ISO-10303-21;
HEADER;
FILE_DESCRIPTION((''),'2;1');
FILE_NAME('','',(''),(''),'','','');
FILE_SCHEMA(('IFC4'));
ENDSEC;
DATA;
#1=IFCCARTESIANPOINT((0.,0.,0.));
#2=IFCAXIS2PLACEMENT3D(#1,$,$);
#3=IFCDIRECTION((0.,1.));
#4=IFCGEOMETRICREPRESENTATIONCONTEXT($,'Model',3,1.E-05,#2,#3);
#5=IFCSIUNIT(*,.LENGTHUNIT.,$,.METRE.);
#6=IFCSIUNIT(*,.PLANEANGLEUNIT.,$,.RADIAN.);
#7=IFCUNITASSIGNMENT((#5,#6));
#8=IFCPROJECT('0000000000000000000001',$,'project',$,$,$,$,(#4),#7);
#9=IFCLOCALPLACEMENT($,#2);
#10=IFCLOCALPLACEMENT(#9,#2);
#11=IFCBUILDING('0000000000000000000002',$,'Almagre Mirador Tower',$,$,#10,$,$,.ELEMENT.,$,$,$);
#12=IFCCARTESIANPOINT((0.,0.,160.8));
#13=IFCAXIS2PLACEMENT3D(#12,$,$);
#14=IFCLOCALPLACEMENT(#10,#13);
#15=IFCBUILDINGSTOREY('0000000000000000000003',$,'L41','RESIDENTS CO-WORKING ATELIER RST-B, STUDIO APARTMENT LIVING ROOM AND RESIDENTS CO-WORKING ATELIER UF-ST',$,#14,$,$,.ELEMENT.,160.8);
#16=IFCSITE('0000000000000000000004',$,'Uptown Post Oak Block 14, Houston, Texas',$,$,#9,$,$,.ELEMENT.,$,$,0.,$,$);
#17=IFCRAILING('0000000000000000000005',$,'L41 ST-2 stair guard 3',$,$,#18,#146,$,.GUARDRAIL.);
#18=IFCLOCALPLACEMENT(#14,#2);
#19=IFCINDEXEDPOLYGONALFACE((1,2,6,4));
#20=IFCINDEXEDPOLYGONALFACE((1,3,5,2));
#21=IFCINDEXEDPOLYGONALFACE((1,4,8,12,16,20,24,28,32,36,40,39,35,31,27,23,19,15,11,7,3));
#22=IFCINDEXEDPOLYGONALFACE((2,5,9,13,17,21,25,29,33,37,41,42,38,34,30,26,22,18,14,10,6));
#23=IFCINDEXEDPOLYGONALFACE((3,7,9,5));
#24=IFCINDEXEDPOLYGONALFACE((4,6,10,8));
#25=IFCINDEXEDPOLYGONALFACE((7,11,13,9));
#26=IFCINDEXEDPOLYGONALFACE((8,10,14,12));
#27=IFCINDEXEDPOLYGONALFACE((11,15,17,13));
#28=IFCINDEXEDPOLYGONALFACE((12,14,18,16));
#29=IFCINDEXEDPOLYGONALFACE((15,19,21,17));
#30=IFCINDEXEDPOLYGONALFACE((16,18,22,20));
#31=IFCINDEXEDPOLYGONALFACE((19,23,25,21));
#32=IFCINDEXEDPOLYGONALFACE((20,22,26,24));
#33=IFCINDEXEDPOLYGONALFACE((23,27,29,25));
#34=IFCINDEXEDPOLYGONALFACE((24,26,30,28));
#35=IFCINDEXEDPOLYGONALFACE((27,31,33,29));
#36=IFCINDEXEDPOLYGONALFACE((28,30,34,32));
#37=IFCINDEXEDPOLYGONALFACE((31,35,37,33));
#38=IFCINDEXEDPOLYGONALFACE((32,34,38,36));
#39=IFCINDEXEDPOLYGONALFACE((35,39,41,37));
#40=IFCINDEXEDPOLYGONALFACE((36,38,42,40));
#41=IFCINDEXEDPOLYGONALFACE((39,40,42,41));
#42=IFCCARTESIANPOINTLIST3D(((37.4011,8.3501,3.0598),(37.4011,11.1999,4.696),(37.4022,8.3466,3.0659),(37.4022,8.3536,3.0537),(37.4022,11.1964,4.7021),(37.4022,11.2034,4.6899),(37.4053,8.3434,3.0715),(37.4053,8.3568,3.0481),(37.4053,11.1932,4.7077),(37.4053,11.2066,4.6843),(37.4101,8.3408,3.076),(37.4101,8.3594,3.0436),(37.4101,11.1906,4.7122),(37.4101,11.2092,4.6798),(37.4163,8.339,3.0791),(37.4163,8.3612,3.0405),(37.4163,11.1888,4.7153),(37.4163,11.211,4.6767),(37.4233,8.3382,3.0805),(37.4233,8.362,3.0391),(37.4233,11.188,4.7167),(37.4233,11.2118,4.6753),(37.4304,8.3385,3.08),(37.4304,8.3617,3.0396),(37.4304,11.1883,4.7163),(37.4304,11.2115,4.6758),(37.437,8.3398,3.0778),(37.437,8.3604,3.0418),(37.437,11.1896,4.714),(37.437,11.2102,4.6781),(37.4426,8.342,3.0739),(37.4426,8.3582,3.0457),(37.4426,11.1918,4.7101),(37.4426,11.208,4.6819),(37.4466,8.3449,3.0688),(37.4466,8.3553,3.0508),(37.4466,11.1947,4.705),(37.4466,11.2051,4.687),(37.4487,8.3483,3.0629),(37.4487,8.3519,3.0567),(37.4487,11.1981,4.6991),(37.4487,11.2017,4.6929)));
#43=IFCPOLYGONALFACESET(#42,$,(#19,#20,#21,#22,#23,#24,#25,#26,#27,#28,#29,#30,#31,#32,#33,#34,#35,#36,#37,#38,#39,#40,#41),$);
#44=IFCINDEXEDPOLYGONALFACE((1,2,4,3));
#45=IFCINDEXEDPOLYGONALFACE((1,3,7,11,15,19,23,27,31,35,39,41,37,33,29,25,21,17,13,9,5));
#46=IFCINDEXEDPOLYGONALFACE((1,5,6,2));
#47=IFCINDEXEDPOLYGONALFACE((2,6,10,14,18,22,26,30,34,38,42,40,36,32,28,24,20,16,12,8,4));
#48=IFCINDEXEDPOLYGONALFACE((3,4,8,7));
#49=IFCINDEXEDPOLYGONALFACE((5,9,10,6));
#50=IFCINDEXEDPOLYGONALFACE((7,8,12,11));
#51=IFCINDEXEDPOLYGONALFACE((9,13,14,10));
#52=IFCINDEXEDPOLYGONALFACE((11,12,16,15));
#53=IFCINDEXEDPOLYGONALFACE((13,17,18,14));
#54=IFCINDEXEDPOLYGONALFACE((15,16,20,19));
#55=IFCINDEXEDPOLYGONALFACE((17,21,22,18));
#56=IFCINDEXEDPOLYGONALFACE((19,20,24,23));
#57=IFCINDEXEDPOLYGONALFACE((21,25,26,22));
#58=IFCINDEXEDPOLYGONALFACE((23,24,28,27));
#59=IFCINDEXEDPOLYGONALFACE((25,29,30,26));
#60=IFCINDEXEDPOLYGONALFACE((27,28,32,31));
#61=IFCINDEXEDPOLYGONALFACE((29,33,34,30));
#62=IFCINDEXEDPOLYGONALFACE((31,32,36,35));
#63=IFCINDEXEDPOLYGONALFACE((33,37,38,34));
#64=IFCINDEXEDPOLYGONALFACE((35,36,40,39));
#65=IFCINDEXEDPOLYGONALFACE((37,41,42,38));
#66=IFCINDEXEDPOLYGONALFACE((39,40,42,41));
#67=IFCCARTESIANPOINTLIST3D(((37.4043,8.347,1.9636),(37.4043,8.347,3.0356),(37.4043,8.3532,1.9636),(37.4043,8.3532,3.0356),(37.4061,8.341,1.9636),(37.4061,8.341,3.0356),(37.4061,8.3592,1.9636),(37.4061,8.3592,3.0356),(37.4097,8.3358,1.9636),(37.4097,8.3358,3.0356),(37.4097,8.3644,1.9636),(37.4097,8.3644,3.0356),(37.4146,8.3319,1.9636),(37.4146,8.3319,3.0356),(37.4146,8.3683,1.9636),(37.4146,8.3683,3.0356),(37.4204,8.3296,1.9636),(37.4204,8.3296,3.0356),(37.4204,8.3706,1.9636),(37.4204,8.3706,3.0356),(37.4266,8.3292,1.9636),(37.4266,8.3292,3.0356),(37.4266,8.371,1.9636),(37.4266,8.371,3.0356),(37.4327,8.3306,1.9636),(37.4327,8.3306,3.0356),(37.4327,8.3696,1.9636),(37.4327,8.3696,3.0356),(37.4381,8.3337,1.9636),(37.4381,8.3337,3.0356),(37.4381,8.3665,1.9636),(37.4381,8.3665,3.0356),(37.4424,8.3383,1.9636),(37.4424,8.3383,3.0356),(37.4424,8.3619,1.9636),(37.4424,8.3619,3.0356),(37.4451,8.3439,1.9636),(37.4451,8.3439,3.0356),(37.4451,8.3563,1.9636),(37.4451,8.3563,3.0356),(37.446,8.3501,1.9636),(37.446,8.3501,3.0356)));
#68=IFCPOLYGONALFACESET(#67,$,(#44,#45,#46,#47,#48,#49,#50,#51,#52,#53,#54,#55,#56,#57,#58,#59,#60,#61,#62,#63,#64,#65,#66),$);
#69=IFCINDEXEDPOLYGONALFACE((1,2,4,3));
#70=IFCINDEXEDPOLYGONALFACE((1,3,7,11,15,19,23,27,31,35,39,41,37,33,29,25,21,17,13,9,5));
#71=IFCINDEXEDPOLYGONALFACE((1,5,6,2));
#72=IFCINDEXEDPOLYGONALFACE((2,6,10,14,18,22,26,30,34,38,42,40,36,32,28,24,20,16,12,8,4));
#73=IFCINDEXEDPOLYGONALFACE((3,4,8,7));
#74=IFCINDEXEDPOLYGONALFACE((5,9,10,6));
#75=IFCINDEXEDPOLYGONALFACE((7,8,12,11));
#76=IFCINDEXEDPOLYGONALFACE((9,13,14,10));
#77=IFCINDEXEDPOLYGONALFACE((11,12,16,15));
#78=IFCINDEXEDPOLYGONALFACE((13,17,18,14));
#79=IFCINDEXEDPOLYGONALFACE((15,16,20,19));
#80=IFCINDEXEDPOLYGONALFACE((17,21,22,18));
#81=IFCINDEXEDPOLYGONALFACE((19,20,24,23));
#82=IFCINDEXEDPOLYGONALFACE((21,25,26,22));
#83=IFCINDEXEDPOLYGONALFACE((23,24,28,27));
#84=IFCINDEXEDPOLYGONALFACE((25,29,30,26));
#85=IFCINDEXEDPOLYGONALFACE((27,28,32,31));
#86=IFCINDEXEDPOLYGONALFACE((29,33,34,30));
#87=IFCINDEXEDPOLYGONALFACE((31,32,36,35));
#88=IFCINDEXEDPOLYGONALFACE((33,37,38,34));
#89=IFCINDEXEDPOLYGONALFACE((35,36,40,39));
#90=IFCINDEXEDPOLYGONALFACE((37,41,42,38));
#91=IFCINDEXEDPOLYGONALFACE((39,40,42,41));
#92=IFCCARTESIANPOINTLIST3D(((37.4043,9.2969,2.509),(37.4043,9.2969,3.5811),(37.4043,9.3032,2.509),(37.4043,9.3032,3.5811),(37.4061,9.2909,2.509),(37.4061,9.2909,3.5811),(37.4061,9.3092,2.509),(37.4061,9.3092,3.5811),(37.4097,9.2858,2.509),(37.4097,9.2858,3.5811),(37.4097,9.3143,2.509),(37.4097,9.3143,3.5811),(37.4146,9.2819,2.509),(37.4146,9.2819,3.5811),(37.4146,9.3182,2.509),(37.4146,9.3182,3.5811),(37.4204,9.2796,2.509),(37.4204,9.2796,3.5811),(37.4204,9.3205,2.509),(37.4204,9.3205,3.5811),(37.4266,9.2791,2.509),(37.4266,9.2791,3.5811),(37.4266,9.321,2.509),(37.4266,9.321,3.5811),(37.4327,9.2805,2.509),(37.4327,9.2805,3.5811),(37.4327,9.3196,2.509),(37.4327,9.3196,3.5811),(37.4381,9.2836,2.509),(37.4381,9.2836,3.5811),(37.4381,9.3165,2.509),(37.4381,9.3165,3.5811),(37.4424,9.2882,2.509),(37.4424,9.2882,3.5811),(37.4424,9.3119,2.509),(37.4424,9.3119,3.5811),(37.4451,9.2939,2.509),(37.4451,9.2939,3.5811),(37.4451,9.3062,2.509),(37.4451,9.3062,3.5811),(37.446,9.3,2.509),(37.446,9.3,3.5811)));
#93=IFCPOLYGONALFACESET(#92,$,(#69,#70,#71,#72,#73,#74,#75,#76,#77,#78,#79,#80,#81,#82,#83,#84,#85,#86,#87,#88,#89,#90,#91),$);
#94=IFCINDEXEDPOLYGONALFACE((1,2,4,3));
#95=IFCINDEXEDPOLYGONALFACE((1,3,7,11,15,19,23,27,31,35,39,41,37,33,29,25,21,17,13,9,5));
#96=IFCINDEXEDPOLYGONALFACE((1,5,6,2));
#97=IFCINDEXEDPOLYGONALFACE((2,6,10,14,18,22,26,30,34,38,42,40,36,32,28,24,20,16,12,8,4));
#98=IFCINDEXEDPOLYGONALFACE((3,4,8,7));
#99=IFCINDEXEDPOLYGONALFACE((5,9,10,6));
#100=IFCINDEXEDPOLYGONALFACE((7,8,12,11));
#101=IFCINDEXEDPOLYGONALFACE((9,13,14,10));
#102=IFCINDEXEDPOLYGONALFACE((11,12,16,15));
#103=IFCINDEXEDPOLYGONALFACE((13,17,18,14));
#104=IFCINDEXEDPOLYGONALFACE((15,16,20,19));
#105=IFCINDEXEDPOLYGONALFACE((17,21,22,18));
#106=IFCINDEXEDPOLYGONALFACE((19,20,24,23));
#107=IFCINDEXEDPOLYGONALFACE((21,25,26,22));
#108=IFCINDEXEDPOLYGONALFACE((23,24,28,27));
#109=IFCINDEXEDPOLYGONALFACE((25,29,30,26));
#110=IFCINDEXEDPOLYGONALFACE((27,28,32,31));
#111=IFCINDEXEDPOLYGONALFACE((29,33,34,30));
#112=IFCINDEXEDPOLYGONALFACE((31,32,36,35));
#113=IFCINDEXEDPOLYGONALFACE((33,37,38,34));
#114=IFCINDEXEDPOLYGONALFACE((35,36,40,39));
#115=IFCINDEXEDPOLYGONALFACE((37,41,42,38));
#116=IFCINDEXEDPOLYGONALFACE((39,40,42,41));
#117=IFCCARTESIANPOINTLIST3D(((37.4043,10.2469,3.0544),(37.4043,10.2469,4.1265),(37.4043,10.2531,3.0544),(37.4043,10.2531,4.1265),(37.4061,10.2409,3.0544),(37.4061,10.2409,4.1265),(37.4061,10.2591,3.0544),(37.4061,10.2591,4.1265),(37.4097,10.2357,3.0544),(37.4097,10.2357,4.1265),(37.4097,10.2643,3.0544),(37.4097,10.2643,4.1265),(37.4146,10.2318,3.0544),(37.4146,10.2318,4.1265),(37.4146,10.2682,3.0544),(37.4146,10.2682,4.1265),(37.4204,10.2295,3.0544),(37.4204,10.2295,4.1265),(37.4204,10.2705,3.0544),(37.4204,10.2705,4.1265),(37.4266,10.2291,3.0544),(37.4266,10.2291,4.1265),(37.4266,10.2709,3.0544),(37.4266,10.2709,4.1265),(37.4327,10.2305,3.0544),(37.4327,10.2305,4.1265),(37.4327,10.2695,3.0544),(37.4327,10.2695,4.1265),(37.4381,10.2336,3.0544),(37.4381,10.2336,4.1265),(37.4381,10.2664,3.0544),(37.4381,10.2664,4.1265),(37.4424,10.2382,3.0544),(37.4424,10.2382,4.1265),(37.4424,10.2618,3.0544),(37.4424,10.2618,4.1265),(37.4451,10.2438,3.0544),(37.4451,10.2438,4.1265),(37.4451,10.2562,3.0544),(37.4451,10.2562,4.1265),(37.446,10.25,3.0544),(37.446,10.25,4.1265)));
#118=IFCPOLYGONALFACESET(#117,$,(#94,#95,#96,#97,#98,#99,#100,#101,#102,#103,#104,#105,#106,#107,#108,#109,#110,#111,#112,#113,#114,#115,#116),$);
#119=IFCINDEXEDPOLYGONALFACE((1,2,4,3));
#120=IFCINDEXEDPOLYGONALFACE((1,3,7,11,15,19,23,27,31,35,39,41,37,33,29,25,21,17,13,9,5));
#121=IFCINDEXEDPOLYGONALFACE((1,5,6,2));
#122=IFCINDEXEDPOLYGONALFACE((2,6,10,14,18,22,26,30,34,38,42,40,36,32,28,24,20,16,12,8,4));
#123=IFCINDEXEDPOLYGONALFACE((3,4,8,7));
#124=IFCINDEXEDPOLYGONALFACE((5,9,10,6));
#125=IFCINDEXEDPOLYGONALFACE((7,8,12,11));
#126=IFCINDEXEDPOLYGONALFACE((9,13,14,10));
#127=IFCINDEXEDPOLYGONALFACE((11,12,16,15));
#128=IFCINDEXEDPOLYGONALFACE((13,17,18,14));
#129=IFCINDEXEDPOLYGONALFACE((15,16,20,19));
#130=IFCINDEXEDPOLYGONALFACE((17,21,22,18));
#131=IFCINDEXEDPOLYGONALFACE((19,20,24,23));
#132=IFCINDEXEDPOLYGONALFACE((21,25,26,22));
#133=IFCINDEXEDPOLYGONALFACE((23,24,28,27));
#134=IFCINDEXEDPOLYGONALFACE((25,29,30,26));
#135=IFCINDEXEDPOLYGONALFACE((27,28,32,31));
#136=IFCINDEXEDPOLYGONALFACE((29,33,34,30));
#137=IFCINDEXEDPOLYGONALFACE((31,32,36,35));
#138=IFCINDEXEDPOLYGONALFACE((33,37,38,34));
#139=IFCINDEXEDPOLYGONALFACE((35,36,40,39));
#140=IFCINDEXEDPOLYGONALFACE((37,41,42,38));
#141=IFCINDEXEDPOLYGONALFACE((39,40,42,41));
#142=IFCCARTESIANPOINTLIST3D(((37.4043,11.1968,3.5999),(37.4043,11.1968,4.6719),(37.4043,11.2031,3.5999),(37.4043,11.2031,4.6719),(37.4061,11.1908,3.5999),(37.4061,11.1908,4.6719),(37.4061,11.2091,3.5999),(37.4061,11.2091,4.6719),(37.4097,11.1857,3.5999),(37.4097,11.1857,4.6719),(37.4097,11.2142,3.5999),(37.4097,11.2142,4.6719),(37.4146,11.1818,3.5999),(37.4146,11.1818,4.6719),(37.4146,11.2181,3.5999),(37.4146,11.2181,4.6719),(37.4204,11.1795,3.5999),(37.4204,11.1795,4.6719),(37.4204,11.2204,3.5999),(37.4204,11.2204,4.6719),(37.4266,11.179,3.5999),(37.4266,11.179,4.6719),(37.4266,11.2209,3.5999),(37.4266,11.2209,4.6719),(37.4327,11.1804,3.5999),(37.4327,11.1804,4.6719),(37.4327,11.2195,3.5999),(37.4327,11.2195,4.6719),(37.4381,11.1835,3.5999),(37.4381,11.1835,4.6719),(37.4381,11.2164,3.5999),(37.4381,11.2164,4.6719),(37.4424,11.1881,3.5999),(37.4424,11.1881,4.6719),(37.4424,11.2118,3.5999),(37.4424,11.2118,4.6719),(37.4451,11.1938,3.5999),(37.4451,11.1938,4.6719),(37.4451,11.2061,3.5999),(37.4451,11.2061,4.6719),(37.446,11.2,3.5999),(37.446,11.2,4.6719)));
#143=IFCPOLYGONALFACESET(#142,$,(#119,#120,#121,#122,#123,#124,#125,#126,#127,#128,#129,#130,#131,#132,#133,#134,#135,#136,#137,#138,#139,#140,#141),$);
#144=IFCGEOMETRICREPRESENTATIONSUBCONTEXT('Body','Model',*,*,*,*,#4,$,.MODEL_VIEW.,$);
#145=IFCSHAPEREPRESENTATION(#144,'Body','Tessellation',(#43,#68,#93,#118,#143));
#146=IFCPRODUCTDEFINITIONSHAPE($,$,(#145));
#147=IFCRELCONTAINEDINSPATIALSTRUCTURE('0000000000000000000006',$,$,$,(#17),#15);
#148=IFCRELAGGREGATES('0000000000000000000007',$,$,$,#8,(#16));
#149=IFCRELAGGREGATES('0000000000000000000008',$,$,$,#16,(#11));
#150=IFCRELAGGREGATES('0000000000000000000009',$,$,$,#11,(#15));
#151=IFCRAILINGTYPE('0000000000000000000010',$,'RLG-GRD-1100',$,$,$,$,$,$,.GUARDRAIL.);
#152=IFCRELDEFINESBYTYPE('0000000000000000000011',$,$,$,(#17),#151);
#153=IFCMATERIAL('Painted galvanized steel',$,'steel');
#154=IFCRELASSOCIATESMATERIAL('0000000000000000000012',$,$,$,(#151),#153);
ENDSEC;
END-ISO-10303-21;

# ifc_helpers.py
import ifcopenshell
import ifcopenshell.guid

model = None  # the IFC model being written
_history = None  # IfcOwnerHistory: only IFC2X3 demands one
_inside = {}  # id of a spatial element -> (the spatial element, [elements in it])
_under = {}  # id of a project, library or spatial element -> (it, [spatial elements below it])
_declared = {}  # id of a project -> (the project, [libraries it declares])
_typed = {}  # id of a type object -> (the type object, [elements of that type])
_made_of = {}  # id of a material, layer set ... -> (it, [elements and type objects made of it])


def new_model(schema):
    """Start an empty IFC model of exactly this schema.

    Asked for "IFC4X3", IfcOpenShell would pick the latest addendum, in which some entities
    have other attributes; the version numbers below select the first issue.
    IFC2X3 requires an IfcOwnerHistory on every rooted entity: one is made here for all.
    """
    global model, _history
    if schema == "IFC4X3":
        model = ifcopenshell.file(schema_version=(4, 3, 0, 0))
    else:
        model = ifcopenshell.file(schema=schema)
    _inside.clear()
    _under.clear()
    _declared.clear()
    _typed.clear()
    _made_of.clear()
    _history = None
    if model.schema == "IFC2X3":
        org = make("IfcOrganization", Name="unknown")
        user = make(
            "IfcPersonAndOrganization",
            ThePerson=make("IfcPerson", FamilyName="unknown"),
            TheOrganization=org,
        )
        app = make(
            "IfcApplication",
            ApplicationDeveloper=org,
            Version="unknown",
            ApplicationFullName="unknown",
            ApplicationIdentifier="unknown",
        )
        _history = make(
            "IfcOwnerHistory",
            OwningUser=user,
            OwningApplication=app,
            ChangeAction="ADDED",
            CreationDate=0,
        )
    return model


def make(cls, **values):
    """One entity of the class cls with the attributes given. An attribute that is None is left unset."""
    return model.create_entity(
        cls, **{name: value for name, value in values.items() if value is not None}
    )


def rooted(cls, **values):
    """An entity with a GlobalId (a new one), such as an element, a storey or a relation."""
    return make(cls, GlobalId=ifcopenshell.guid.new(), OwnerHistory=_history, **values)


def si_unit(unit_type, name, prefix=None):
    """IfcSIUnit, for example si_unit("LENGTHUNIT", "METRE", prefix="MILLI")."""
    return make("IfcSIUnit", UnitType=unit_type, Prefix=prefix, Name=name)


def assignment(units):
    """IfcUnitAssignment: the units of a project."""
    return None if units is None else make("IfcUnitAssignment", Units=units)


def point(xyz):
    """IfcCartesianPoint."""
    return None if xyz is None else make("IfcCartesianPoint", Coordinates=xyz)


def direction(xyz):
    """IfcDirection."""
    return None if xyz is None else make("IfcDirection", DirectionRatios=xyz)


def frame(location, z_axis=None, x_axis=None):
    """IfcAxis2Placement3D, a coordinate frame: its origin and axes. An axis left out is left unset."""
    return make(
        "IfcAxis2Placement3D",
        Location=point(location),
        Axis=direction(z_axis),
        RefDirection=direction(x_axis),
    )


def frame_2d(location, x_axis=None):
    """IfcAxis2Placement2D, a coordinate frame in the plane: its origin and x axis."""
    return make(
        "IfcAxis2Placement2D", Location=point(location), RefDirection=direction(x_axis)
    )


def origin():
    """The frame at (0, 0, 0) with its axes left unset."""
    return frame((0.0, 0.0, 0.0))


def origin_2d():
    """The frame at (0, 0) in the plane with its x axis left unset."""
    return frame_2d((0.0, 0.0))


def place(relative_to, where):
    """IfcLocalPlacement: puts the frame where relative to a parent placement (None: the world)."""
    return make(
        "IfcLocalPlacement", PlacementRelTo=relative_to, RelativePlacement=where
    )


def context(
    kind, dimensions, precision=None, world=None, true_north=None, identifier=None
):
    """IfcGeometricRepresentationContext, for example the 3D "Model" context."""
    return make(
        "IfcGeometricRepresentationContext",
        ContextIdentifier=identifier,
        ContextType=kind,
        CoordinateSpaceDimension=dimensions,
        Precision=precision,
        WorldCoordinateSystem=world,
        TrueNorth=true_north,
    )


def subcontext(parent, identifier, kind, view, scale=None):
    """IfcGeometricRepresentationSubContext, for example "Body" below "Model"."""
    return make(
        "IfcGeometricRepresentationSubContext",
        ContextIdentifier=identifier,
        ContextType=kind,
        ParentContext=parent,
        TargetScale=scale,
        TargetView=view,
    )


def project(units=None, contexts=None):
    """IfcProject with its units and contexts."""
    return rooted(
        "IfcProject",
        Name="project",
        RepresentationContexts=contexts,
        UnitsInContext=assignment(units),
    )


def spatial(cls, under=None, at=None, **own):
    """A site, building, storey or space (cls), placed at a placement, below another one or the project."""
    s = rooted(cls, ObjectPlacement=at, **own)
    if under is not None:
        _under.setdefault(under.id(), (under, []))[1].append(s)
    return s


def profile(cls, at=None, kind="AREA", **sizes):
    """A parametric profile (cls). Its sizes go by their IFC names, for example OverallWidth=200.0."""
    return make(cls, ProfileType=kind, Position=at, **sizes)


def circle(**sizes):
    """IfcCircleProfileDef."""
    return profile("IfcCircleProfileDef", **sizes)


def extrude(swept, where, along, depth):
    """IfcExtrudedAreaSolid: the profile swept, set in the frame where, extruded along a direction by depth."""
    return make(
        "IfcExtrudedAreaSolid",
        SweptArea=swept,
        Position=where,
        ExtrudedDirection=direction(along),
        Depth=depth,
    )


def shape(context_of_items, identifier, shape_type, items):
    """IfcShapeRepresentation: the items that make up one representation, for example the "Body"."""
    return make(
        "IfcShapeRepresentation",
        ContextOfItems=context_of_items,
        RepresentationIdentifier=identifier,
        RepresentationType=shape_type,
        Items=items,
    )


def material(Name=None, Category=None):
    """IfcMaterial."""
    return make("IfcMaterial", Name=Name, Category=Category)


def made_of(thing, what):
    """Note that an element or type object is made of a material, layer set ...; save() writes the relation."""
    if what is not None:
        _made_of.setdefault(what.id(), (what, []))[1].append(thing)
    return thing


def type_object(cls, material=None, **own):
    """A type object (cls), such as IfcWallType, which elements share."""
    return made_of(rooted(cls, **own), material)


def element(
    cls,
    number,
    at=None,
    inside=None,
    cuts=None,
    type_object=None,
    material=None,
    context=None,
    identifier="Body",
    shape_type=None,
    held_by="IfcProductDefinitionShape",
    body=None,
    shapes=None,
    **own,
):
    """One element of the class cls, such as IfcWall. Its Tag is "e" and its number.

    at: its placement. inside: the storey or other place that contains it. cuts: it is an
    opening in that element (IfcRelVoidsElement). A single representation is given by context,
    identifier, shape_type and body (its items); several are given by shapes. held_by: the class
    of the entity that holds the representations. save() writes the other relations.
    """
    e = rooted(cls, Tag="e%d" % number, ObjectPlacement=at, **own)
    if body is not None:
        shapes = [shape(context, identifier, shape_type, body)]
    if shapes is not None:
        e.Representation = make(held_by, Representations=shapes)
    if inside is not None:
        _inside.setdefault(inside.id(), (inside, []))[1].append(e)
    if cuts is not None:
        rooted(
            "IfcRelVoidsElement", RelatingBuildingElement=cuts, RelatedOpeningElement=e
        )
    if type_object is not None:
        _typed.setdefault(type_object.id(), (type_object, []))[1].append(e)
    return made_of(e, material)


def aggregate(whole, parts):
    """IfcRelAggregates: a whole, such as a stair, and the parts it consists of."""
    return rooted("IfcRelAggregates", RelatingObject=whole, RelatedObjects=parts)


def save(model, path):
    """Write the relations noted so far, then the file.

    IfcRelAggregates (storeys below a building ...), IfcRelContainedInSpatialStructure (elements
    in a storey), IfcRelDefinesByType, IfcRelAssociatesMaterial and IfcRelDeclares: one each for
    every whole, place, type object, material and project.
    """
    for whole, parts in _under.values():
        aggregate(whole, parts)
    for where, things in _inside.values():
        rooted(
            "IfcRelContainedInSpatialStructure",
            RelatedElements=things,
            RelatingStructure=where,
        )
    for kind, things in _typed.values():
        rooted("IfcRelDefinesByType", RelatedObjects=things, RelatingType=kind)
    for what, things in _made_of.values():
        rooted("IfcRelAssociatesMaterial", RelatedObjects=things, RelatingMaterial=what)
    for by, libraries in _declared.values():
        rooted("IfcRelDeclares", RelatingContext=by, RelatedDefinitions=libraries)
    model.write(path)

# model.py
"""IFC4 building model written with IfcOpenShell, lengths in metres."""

from ifc_helpers import new_model, si_unit, direction, frame, origin, origin_2d, place, context, subcontext, project, spatial, circle, extrude, material, type_object, element, save


model = new_model("IFC4")

# Units and contexts
model_context = context("Model", 3, precision=1e-05, world=origin(), true_north=direction((0.0, 1.0)))
body_context = subcontext(model_context, "Body", "Model", "MODEL_VIEW")
ifc_project = project(units=[si_unit("LENGTHUNIT", "METRE"), si_unit("PLANEANGLEUNIT", "RADIAN")], contexts=[model_context])

# Site, building, storey
site_placement = place(None, origin())
site = spatial("IfcSite", under=ifc_project, at=site_placement, Name="Uptown Post Oak Block 14, Houston, Texas", CompositionType="ELEMENT", RefElevation=0.0)
building_placement = place(site_placement, origin())
building = spatial("IfcBuilding", under=site, at=building_placement, Name="Almagre Mirador Tower", CompositionType="ELEMENT")
storey_placement = place(building_placement, frame((0.0, 0.0, 160.8)))
storey = spatial("IfcBuildingStorey", under=building, at=storey_placement, Name="L41", Description="RESIDENTS CO-WORKING ATELIER RST-B, STUDIO APARTMENT LIVING ROOM AND RESIDENTS CO-WORKING ATELIER UF-ST", CompositionType="ELEMENT", Elevation=160.8)

# Railing
ifc_material_1 = material(Name="Painted galvanized steel", Category="steel")
railing_type_1 = type_object("IfcRailingType", Name="RLG-GRD-1100", PredefinedType="GUARDRAIL", material=ifc_material_1)
railing_1_placement = place(storey_placement, frame((37.425, 8.3501, 1.9636)))
element("IfcRailing", 1, at=railing_1_placement, inside=storey, type_object=railing_type_1, Name="L41 ST-2 stair guard 3", PredefinedType="GUARDRAIL", context=body_context, shape_type="SweptSolid", body=[
    extrude(circle(Radius=0.0239, at=origin_2d()), frame((0.0, 0.0, 1.0962), z_axis=(0.0, 0.867226, 0.497914), x_axis=(-1.0, 0.0, 0.0)), (0.0, 0.0, 1.0), 3.2861),
    extrude(circle(Radius=0.021, at=origin_2d()), origin(), (0.0, 0.0, 1.0), 1.072),
    extrude(circle(Radius=0.021, at=origin_2d()), frame((0.0, 0.95, 0.5454)), (0.0, 0.0, 1.0), 1.072),
    extrude(circle(Radius=0.021, at=origin_2d()), frame((0.0, 1.8999, 1.0908)), (0.0, 0.0, 1.0), 1.072),
    extrude(circle(Radius=0.021, at=origin_2d()), frame((0.0, 2.8499, 1.6362)), (0.0, 0.0, 1.0), 1.072),
])

save(model, "model.ifc")
